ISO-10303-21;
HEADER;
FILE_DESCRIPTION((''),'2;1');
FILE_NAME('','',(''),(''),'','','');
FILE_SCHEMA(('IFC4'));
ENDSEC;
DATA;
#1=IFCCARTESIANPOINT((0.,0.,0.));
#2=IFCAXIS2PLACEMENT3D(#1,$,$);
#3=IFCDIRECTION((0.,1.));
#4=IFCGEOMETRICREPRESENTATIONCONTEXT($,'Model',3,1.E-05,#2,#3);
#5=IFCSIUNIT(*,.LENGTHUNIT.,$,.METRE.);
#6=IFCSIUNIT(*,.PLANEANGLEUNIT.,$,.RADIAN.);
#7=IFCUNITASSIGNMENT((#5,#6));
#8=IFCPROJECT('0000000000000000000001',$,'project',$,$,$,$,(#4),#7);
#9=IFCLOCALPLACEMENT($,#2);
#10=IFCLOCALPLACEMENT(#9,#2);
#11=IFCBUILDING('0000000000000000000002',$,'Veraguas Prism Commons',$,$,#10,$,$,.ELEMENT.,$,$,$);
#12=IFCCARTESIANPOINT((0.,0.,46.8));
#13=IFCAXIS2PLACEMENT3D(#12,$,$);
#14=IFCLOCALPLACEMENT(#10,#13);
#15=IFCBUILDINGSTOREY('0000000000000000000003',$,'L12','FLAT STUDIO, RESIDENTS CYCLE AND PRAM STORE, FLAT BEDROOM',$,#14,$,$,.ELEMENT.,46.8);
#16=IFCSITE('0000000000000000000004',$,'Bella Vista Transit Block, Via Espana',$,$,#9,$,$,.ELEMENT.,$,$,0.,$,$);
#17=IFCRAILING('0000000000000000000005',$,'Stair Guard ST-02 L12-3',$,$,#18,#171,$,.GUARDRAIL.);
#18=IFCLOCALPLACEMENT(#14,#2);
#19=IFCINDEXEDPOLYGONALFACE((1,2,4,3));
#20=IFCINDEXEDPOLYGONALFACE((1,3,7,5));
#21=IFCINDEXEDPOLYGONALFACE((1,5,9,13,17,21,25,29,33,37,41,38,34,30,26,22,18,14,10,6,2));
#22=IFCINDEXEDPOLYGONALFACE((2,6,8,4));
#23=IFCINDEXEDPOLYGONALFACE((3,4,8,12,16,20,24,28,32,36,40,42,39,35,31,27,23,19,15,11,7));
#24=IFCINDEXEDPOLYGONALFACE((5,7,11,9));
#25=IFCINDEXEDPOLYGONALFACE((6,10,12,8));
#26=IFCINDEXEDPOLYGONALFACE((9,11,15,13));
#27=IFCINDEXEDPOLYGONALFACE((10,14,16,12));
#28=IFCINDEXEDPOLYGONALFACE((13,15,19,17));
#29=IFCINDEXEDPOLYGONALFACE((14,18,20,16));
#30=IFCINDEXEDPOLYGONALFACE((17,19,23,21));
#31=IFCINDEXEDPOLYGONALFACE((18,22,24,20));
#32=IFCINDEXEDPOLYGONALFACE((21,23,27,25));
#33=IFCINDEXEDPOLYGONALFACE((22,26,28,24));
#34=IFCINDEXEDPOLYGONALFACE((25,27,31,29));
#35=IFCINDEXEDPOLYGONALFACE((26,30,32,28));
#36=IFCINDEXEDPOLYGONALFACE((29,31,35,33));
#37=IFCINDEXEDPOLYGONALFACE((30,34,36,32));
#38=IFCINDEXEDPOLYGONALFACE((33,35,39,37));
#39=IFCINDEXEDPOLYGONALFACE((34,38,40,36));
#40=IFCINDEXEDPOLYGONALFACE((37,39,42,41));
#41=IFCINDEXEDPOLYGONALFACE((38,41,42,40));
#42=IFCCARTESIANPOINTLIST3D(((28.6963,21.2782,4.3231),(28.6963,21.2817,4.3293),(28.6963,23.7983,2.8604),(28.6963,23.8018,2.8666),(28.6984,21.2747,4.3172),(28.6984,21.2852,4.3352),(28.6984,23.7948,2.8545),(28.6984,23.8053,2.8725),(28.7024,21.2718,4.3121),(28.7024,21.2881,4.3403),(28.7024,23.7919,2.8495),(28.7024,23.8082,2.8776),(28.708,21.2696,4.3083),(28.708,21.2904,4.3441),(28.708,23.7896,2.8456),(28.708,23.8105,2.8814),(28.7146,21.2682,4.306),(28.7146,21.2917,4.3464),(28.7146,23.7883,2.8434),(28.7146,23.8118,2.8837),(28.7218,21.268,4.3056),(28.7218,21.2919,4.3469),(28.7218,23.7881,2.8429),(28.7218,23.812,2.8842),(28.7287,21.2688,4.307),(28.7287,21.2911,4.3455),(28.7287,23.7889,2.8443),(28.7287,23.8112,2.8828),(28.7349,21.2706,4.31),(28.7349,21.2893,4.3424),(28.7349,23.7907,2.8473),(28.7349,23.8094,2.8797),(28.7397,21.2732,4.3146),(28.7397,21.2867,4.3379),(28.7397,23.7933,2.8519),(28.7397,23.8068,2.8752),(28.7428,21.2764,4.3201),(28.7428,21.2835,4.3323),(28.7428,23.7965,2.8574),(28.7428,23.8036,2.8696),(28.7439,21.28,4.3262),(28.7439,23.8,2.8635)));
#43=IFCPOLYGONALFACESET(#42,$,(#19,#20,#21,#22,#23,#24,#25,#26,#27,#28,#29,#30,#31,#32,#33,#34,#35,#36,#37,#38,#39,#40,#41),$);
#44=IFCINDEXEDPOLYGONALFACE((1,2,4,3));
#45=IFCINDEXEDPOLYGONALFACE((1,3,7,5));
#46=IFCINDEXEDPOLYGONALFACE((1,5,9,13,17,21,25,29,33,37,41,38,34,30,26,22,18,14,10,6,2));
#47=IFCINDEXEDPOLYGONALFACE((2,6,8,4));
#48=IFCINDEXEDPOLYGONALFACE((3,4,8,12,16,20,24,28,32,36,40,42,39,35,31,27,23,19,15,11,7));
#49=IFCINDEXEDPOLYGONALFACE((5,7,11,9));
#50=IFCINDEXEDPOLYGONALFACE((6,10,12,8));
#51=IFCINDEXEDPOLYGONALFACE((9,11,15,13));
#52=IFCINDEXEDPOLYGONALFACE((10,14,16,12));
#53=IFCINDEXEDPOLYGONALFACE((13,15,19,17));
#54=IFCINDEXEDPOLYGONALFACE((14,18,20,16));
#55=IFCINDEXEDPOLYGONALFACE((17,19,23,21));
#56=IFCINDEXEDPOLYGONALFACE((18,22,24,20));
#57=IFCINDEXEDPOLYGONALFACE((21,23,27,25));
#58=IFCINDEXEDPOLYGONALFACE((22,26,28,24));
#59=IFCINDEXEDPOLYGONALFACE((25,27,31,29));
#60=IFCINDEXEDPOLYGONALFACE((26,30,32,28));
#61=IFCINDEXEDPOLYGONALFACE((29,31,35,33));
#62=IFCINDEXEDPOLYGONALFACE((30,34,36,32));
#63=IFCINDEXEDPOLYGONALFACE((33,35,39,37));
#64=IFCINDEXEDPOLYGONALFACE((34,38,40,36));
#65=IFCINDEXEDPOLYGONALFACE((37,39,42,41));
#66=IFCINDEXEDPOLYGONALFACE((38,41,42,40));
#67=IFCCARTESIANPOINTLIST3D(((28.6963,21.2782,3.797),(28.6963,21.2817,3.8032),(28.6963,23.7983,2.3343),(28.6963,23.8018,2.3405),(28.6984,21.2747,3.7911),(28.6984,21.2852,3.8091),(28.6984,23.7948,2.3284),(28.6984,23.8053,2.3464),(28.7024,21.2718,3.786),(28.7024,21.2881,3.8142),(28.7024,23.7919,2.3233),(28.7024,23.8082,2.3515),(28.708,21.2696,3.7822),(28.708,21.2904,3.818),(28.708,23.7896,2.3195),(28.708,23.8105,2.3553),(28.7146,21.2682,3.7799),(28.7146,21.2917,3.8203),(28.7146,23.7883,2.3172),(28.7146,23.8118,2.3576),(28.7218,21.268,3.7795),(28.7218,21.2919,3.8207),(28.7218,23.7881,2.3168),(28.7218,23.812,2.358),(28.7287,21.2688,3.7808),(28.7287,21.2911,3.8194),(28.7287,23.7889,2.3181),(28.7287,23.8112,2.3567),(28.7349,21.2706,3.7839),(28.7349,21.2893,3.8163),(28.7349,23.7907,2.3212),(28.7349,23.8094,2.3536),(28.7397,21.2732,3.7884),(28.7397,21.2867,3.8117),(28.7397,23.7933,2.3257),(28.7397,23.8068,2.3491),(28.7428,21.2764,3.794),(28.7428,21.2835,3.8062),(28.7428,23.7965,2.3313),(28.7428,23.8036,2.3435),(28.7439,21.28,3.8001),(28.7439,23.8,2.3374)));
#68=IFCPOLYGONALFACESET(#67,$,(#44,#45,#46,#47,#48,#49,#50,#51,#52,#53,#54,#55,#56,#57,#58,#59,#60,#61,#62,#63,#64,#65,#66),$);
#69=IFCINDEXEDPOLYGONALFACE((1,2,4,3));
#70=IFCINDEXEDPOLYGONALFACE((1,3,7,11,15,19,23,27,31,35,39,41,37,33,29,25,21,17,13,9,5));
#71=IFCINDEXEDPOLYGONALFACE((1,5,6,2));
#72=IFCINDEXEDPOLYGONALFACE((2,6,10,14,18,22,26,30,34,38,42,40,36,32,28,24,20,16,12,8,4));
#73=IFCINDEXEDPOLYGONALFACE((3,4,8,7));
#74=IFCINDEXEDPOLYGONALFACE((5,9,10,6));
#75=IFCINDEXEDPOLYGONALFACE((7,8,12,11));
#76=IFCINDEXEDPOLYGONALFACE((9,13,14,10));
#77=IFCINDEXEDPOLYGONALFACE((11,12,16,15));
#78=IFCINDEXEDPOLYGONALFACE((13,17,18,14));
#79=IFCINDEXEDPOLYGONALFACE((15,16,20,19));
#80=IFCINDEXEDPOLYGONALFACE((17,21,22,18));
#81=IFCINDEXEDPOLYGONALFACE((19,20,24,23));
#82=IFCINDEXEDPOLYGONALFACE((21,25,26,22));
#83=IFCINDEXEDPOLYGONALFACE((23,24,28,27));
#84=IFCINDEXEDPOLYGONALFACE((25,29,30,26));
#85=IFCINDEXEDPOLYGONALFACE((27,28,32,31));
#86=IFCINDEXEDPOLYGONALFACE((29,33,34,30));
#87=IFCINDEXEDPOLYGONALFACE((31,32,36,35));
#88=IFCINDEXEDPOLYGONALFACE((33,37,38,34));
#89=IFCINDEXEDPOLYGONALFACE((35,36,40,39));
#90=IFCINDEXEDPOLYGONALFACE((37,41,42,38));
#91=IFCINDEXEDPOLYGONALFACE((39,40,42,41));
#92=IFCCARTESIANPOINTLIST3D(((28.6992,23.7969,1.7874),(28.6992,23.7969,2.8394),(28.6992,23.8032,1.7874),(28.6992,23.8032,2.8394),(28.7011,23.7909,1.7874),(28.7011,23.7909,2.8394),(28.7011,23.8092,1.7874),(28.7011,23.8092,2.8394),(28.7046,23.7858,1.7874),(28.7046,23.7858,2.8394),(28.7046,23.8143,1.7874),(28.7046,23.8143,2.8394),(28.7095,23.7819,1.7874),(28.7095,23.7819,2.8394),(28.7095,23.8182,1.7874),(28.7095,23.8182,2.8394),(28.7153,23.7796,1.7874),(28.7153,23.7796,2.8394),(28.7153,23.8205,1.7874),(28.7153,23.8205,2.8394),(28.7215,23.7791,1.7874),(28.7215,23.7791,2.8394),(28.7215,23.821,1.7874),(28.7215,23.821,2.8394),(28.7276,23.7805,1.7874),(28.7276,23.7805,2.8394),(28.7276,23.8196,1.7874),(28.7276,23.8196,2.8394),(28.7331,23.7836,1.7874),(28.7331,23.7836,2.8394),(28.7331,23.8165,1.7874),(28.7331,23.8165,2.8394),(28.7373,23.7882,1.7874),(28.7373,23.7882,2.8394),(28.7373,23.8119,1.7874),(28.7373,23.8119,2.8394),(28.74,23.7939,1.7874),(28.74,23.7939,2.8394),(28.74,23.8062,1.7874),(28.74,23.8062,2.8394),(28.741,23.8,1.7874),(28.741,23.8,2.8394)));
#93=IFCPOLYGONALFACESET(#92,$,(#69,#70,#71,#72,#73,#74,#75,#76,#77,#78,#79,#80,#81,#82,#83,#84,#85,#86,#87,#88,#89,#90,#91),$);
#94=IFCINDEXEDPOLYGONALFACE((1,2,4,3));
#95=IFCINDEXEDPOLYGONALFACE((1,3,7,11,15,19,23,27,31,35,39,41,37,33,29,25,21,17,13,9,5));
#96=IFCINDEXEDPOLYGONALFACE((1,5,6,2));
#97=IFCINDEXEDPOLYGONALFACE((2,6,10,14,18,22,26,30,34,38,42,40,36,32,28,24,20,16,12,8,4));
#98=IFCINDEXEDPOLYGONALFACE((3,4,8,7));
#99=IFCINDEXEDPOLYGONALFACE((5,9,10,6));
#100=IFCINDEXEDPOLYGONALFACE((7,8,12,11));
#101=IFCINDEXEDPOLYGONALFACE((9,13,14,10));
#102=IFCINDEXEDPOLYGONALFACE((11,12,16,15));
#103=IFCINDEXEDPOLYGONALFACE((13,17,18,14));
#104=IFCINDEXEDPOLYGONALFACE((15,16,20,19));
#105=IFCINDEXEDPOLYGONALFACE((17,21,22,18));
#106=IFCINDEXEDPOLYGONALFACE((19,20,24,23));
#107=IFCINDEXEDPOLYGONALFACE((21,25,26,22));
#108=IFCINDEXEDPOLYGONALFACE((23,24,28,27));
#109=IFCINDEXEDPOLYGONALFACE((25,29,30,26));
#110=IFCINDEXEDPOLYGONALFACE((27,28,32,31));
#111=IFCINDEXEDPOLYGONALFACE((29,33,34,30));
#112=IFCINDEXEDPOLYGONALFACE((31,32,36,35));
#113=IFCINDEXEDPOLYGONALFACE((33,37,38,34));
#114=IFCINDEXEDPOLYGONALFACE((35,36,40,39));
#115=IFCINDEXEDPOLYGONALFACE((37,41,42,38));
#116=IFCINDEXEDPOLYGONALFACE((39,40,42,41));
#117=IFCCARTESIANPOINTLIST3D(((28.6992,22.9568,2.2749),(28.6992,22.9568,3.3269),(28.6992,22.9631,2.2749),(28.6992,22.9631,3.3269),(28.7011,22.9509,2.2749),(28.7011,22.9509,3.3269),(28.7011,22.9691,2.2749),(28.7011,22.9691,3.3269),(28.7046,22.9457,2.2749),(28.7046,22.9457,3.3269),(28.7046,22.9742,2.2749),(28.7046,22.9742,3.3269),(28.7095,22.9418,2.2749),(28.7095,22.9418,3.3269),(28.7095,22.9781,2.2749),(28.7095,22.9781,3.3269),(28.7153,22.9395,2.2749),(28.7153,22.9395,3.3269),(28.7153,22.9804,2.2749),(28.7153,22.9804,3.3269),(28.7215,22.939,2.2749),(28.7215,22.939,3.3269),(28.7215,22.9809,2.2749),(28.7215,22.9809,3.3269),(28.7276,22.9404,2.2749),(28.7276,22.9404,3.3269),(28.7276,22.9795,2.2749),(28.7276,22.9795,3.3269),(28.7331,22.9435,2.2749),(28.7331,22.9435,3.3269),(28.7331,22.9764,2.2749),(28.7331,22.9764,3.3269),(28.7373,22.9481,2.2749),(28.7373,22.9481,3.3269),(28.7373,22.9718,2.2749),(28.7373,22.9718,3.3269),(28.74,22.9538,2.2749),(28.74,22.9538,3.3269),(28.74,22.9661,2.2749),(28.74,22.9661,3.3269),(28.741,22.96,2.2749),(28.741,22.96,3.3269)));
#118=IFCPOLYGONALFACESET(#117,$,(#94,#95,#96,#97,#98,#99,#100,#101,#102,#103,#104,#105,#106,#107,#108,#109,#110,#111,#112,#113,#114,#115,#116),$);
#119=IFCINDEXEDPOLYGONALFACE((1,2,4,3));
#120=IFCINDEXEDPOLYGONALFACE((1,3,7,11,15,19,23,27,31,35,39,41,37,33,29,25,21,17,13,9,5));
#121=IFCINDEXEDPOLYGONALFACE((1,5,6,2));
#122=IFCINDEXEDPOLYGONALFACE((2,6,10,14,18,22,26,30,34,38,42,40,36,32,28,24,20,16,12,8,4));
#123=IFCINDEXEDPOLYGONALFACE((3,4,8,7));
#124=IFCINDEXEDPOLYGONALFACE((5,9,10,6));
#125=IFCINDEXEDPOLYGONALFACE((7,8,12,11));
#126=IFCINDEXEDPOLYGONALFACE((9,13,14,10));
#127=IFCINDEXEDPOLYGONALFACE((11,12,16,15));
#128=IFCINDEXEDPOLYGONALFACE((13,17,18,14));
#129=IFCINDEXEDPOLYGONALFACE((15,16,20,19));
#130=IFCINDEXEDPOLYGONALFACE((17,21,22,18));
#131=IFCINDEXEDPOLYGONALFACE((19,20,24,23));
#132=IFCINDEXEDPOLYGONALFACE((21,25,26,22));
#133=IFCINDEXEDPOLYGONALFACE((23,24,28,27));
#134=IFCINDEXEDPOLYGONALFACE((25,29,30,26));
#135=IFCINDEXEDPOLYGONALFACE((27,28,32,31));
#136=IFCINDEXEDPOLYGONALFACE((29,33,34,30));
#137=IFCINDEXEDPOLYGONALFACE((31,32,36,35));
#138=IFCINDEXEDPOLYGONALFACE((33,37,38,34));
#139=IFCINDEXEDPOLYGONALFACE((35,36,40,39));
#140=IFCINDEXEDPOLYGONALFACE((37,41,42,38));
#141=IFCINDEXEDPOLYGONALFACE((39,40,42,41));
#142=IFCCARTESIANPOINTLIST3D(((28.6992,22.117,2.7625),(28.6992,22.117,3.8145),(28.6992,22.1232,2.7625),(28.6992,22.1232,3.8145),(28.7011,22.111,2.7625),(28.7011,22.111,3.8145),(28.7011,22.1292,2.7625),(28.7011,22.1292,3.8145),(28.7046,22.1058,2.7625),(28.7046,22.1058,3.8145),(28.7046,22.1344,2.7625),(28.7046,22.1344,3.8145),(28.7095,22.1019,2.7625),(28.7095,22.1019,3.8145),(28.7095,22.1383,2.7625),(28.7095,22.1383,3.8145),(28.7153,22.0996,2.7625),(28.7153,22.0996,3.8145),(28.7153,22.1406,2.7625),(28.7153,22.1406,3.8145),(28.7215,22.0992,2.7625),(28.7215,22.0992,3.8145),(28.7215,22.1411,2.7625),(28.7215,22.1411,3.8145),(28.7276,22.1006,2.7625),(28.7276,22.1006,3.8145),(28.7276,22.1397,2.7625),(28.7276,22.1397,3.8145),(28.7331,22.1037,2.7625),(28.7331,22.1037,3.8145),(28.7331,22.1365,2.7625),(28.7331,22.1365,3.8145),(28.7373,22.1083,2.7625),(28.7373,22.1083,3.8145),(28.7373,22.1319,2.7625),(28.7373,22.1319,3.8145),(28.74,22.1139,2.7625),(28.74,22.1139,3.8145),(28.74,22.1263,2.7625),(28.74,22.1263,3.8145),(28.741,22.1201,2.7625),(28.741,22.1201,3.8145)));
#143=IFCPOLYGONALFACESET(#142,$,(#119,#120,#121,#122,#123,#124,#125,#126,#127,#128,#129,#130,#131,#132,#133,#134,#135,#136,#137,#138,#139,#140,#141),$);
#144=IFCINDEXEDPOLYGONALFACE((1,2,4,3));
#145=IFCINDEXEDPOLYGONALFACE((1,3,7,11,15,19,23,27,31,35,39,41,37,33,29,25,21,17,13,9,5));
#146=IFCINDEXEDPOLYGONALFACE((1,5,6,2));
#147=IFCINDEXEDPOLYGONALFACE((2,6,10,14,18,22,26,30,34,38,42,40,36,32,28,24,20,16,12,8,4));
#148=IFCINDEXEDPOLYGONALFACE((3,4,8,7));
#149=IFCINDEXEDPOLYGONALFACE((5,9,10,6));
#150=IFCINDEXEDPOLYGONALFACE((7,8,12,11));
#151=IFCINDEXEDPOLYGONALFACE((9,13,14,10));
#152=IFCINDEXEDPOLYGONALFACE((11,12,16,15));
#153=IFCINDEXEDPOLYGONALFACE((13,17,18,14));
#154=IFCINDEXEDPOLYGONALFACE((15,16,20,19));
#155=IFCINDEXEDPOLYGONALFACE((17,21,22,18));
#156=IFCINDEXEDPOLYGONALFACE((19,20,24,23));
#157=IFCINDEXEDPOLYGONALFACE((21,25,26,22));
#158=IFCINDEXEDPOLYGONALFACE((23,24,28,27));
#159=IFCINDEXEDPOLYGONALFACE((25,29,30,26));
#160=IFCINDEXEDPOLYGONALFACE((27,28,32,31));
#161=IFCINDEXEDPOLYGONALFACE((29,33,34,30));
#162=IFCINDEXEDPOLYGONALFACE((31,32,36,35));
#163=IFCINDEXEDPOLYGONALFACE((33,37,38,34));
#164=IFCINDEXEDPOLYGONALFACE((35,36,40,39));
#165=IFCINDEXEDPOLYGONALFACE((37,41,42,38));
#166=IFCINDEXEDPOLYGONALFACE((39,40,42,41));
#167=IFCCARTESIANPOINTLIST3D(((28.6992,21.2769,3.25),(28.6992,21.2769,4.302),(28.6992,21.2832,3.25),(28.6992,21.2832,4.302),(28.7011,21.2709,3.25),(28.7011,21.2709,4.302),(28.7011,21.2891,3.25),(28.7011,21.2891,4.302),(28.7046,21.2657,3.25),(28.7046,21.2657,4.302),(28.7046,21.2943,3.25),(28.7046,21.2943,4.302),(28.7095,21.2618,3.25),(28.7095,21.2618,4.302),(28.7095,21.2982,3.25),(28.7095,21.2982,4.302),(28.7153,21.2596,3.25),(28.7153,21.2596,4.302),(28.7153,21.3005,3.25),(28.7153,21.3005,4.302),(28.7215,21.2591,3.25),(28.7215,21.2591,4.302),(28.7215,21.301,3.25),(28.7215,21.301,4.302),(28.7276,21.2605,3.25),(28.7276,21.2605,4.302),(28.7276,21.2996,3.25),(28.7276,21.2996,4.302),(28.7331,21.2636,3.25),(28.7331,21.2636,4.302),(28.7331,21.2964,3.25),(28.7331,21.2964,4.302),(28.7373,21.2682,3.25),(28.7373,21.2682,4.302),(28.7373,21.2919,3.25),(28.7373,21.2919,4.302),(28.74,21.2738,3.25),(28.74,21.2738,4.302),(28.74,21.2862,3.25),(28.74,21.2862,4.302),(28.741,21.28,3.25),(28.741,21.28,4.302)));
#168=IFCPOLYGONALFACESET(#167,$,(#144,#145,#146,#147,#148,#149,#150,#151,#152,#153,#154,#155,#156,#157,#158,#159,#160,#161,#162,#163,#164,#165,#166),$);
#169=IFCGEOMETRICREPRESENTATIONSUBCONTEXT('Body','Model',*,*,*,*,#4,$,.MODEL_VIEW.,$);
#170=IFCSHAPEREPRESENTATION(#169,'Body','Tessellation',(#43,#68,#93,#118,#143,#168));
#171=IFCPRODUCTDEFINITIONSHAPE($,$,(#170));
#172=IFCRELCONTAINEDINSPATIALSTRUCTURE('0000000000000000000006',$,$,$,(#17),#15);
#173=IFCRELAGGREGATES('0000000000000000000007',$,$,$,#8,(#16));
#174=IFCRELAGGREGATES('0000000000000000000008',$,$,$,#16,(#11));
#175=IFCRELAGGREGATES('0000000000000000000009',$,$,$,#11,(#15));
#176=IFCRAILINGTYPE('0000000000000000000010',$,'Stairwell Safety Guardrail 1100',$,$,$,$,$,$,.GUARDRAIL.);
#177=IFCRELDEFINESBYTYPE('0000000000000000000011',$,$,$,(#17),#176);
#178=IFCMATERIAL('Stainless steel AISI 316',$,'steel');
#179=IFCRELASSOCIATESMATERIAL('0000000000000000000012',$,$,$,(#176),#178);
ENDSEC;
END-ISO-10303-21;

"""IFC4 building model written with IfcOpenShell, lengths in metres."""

from ifc_helpers import new_model, si_unit, direction, frame, origin, origin_2d, place, context, subcontext, project, spatial, circle, extrude, material, type_object, element, save


model = new_model("IFC4")

# Units and contexts
model_context = context("Model", 3, precision=1e-05, world=origin(), true_north=direction((0.0, 1.0)))
body_context = subcontext(model_context, "Body", "Model", "MODEL_VIEW")
ifc_project = project(units=[si_unit("LENGTHUNIT", "METRE"), si_unit("PLANEANGLEUNIT", "RADIAN")], contexts=[model_context])

# Site, building, storey
site_placement = place(None, origin())
site = spatial("IfcSite", under=ifc_project, at=site_placement, Name="Bella Vista Transit Block, Via Espana", CompositionType="ELEMENT", RefElevation=0.0)
building_placement = place(site_placement, origin())
building = spatial("IfcBuilding", under=site, at=building_placement, Name="Veraguas Prism Commons", CompositionType="ELEMENT")
storey_placement = place(building_placement, frame((0.0, 0.0, 46.8)))
storey = spatial("IfcBuildingStorey", under=building, at=storey_placement, Name="L12", Description="FLAT STUDIO, RESIDENTS CYCLE AND PRAM STORE, FLAT BEDROOM", CompositionType="ELEMENT", Elevation=46.8)

# Shared definitions
ifc_material_1 = material(Name="Stainless steel AISI 316", Category="steel")

# Railing
railing_type_1 = type_object("IfcRailingType", Name="Stairwell Safety Guardrail 1100", PredefinedType="GUARDRAIL", material=ifc_material_1)
railing_1_placement = place(storey_placement, frame((28.72, 23.8, 1.7874)))
element("IfcRailing", 1, at=railing_1_placement, inside=storey, type_object=railing_type_1, Name="Stair Guard ST-02 L12-3", PredefinedType="GUARDRAIL", context=body_context, shape_type="SweptSolid", body=[
    extrude(circle(Radius=0.0239, at=origin_2d()), frame((0.0, 0.0, 1.0762), z_axis=(0.0, -0.864877, 0.501984), x_axis=(1.0, 0.0, 0.0)), (0.0, 0.0, 1.0), 2.9138),
    extrude(circle(Radius=0.0239, at=origin_2d()), frame((0.0, 0.0, 0.55), z_axis=(0.0, -0.864877, 0.501984), x_axis=(1.0, 0.0, 0.0)), (0.0, 0.0, 1.0), 2.9138),
    extrude(circle(Radius=0.021, at=origin_2d()), origin(), (0.0, 0.0, 1.0), 1.052),
    extrude(circle(Radius=0.021, at=origin_2d()), frame((0.0, -0.8401, 0.4875)), (0.0, 0.0, 1.0), 1.052),
    extrude(circle(Radius=0.021, at=origin_2d()), frame((0.0, -1.6799, 0.9751)), (0.0, 0.0, 1.0), 1.052),
    extrude(circle(Radius=0.021, at=origin_2d()), frame((0.0, -2.52, 1.4626)), (0.0, 0.0, 1.0), 1.052),
])

save(model, "model.ifc")
